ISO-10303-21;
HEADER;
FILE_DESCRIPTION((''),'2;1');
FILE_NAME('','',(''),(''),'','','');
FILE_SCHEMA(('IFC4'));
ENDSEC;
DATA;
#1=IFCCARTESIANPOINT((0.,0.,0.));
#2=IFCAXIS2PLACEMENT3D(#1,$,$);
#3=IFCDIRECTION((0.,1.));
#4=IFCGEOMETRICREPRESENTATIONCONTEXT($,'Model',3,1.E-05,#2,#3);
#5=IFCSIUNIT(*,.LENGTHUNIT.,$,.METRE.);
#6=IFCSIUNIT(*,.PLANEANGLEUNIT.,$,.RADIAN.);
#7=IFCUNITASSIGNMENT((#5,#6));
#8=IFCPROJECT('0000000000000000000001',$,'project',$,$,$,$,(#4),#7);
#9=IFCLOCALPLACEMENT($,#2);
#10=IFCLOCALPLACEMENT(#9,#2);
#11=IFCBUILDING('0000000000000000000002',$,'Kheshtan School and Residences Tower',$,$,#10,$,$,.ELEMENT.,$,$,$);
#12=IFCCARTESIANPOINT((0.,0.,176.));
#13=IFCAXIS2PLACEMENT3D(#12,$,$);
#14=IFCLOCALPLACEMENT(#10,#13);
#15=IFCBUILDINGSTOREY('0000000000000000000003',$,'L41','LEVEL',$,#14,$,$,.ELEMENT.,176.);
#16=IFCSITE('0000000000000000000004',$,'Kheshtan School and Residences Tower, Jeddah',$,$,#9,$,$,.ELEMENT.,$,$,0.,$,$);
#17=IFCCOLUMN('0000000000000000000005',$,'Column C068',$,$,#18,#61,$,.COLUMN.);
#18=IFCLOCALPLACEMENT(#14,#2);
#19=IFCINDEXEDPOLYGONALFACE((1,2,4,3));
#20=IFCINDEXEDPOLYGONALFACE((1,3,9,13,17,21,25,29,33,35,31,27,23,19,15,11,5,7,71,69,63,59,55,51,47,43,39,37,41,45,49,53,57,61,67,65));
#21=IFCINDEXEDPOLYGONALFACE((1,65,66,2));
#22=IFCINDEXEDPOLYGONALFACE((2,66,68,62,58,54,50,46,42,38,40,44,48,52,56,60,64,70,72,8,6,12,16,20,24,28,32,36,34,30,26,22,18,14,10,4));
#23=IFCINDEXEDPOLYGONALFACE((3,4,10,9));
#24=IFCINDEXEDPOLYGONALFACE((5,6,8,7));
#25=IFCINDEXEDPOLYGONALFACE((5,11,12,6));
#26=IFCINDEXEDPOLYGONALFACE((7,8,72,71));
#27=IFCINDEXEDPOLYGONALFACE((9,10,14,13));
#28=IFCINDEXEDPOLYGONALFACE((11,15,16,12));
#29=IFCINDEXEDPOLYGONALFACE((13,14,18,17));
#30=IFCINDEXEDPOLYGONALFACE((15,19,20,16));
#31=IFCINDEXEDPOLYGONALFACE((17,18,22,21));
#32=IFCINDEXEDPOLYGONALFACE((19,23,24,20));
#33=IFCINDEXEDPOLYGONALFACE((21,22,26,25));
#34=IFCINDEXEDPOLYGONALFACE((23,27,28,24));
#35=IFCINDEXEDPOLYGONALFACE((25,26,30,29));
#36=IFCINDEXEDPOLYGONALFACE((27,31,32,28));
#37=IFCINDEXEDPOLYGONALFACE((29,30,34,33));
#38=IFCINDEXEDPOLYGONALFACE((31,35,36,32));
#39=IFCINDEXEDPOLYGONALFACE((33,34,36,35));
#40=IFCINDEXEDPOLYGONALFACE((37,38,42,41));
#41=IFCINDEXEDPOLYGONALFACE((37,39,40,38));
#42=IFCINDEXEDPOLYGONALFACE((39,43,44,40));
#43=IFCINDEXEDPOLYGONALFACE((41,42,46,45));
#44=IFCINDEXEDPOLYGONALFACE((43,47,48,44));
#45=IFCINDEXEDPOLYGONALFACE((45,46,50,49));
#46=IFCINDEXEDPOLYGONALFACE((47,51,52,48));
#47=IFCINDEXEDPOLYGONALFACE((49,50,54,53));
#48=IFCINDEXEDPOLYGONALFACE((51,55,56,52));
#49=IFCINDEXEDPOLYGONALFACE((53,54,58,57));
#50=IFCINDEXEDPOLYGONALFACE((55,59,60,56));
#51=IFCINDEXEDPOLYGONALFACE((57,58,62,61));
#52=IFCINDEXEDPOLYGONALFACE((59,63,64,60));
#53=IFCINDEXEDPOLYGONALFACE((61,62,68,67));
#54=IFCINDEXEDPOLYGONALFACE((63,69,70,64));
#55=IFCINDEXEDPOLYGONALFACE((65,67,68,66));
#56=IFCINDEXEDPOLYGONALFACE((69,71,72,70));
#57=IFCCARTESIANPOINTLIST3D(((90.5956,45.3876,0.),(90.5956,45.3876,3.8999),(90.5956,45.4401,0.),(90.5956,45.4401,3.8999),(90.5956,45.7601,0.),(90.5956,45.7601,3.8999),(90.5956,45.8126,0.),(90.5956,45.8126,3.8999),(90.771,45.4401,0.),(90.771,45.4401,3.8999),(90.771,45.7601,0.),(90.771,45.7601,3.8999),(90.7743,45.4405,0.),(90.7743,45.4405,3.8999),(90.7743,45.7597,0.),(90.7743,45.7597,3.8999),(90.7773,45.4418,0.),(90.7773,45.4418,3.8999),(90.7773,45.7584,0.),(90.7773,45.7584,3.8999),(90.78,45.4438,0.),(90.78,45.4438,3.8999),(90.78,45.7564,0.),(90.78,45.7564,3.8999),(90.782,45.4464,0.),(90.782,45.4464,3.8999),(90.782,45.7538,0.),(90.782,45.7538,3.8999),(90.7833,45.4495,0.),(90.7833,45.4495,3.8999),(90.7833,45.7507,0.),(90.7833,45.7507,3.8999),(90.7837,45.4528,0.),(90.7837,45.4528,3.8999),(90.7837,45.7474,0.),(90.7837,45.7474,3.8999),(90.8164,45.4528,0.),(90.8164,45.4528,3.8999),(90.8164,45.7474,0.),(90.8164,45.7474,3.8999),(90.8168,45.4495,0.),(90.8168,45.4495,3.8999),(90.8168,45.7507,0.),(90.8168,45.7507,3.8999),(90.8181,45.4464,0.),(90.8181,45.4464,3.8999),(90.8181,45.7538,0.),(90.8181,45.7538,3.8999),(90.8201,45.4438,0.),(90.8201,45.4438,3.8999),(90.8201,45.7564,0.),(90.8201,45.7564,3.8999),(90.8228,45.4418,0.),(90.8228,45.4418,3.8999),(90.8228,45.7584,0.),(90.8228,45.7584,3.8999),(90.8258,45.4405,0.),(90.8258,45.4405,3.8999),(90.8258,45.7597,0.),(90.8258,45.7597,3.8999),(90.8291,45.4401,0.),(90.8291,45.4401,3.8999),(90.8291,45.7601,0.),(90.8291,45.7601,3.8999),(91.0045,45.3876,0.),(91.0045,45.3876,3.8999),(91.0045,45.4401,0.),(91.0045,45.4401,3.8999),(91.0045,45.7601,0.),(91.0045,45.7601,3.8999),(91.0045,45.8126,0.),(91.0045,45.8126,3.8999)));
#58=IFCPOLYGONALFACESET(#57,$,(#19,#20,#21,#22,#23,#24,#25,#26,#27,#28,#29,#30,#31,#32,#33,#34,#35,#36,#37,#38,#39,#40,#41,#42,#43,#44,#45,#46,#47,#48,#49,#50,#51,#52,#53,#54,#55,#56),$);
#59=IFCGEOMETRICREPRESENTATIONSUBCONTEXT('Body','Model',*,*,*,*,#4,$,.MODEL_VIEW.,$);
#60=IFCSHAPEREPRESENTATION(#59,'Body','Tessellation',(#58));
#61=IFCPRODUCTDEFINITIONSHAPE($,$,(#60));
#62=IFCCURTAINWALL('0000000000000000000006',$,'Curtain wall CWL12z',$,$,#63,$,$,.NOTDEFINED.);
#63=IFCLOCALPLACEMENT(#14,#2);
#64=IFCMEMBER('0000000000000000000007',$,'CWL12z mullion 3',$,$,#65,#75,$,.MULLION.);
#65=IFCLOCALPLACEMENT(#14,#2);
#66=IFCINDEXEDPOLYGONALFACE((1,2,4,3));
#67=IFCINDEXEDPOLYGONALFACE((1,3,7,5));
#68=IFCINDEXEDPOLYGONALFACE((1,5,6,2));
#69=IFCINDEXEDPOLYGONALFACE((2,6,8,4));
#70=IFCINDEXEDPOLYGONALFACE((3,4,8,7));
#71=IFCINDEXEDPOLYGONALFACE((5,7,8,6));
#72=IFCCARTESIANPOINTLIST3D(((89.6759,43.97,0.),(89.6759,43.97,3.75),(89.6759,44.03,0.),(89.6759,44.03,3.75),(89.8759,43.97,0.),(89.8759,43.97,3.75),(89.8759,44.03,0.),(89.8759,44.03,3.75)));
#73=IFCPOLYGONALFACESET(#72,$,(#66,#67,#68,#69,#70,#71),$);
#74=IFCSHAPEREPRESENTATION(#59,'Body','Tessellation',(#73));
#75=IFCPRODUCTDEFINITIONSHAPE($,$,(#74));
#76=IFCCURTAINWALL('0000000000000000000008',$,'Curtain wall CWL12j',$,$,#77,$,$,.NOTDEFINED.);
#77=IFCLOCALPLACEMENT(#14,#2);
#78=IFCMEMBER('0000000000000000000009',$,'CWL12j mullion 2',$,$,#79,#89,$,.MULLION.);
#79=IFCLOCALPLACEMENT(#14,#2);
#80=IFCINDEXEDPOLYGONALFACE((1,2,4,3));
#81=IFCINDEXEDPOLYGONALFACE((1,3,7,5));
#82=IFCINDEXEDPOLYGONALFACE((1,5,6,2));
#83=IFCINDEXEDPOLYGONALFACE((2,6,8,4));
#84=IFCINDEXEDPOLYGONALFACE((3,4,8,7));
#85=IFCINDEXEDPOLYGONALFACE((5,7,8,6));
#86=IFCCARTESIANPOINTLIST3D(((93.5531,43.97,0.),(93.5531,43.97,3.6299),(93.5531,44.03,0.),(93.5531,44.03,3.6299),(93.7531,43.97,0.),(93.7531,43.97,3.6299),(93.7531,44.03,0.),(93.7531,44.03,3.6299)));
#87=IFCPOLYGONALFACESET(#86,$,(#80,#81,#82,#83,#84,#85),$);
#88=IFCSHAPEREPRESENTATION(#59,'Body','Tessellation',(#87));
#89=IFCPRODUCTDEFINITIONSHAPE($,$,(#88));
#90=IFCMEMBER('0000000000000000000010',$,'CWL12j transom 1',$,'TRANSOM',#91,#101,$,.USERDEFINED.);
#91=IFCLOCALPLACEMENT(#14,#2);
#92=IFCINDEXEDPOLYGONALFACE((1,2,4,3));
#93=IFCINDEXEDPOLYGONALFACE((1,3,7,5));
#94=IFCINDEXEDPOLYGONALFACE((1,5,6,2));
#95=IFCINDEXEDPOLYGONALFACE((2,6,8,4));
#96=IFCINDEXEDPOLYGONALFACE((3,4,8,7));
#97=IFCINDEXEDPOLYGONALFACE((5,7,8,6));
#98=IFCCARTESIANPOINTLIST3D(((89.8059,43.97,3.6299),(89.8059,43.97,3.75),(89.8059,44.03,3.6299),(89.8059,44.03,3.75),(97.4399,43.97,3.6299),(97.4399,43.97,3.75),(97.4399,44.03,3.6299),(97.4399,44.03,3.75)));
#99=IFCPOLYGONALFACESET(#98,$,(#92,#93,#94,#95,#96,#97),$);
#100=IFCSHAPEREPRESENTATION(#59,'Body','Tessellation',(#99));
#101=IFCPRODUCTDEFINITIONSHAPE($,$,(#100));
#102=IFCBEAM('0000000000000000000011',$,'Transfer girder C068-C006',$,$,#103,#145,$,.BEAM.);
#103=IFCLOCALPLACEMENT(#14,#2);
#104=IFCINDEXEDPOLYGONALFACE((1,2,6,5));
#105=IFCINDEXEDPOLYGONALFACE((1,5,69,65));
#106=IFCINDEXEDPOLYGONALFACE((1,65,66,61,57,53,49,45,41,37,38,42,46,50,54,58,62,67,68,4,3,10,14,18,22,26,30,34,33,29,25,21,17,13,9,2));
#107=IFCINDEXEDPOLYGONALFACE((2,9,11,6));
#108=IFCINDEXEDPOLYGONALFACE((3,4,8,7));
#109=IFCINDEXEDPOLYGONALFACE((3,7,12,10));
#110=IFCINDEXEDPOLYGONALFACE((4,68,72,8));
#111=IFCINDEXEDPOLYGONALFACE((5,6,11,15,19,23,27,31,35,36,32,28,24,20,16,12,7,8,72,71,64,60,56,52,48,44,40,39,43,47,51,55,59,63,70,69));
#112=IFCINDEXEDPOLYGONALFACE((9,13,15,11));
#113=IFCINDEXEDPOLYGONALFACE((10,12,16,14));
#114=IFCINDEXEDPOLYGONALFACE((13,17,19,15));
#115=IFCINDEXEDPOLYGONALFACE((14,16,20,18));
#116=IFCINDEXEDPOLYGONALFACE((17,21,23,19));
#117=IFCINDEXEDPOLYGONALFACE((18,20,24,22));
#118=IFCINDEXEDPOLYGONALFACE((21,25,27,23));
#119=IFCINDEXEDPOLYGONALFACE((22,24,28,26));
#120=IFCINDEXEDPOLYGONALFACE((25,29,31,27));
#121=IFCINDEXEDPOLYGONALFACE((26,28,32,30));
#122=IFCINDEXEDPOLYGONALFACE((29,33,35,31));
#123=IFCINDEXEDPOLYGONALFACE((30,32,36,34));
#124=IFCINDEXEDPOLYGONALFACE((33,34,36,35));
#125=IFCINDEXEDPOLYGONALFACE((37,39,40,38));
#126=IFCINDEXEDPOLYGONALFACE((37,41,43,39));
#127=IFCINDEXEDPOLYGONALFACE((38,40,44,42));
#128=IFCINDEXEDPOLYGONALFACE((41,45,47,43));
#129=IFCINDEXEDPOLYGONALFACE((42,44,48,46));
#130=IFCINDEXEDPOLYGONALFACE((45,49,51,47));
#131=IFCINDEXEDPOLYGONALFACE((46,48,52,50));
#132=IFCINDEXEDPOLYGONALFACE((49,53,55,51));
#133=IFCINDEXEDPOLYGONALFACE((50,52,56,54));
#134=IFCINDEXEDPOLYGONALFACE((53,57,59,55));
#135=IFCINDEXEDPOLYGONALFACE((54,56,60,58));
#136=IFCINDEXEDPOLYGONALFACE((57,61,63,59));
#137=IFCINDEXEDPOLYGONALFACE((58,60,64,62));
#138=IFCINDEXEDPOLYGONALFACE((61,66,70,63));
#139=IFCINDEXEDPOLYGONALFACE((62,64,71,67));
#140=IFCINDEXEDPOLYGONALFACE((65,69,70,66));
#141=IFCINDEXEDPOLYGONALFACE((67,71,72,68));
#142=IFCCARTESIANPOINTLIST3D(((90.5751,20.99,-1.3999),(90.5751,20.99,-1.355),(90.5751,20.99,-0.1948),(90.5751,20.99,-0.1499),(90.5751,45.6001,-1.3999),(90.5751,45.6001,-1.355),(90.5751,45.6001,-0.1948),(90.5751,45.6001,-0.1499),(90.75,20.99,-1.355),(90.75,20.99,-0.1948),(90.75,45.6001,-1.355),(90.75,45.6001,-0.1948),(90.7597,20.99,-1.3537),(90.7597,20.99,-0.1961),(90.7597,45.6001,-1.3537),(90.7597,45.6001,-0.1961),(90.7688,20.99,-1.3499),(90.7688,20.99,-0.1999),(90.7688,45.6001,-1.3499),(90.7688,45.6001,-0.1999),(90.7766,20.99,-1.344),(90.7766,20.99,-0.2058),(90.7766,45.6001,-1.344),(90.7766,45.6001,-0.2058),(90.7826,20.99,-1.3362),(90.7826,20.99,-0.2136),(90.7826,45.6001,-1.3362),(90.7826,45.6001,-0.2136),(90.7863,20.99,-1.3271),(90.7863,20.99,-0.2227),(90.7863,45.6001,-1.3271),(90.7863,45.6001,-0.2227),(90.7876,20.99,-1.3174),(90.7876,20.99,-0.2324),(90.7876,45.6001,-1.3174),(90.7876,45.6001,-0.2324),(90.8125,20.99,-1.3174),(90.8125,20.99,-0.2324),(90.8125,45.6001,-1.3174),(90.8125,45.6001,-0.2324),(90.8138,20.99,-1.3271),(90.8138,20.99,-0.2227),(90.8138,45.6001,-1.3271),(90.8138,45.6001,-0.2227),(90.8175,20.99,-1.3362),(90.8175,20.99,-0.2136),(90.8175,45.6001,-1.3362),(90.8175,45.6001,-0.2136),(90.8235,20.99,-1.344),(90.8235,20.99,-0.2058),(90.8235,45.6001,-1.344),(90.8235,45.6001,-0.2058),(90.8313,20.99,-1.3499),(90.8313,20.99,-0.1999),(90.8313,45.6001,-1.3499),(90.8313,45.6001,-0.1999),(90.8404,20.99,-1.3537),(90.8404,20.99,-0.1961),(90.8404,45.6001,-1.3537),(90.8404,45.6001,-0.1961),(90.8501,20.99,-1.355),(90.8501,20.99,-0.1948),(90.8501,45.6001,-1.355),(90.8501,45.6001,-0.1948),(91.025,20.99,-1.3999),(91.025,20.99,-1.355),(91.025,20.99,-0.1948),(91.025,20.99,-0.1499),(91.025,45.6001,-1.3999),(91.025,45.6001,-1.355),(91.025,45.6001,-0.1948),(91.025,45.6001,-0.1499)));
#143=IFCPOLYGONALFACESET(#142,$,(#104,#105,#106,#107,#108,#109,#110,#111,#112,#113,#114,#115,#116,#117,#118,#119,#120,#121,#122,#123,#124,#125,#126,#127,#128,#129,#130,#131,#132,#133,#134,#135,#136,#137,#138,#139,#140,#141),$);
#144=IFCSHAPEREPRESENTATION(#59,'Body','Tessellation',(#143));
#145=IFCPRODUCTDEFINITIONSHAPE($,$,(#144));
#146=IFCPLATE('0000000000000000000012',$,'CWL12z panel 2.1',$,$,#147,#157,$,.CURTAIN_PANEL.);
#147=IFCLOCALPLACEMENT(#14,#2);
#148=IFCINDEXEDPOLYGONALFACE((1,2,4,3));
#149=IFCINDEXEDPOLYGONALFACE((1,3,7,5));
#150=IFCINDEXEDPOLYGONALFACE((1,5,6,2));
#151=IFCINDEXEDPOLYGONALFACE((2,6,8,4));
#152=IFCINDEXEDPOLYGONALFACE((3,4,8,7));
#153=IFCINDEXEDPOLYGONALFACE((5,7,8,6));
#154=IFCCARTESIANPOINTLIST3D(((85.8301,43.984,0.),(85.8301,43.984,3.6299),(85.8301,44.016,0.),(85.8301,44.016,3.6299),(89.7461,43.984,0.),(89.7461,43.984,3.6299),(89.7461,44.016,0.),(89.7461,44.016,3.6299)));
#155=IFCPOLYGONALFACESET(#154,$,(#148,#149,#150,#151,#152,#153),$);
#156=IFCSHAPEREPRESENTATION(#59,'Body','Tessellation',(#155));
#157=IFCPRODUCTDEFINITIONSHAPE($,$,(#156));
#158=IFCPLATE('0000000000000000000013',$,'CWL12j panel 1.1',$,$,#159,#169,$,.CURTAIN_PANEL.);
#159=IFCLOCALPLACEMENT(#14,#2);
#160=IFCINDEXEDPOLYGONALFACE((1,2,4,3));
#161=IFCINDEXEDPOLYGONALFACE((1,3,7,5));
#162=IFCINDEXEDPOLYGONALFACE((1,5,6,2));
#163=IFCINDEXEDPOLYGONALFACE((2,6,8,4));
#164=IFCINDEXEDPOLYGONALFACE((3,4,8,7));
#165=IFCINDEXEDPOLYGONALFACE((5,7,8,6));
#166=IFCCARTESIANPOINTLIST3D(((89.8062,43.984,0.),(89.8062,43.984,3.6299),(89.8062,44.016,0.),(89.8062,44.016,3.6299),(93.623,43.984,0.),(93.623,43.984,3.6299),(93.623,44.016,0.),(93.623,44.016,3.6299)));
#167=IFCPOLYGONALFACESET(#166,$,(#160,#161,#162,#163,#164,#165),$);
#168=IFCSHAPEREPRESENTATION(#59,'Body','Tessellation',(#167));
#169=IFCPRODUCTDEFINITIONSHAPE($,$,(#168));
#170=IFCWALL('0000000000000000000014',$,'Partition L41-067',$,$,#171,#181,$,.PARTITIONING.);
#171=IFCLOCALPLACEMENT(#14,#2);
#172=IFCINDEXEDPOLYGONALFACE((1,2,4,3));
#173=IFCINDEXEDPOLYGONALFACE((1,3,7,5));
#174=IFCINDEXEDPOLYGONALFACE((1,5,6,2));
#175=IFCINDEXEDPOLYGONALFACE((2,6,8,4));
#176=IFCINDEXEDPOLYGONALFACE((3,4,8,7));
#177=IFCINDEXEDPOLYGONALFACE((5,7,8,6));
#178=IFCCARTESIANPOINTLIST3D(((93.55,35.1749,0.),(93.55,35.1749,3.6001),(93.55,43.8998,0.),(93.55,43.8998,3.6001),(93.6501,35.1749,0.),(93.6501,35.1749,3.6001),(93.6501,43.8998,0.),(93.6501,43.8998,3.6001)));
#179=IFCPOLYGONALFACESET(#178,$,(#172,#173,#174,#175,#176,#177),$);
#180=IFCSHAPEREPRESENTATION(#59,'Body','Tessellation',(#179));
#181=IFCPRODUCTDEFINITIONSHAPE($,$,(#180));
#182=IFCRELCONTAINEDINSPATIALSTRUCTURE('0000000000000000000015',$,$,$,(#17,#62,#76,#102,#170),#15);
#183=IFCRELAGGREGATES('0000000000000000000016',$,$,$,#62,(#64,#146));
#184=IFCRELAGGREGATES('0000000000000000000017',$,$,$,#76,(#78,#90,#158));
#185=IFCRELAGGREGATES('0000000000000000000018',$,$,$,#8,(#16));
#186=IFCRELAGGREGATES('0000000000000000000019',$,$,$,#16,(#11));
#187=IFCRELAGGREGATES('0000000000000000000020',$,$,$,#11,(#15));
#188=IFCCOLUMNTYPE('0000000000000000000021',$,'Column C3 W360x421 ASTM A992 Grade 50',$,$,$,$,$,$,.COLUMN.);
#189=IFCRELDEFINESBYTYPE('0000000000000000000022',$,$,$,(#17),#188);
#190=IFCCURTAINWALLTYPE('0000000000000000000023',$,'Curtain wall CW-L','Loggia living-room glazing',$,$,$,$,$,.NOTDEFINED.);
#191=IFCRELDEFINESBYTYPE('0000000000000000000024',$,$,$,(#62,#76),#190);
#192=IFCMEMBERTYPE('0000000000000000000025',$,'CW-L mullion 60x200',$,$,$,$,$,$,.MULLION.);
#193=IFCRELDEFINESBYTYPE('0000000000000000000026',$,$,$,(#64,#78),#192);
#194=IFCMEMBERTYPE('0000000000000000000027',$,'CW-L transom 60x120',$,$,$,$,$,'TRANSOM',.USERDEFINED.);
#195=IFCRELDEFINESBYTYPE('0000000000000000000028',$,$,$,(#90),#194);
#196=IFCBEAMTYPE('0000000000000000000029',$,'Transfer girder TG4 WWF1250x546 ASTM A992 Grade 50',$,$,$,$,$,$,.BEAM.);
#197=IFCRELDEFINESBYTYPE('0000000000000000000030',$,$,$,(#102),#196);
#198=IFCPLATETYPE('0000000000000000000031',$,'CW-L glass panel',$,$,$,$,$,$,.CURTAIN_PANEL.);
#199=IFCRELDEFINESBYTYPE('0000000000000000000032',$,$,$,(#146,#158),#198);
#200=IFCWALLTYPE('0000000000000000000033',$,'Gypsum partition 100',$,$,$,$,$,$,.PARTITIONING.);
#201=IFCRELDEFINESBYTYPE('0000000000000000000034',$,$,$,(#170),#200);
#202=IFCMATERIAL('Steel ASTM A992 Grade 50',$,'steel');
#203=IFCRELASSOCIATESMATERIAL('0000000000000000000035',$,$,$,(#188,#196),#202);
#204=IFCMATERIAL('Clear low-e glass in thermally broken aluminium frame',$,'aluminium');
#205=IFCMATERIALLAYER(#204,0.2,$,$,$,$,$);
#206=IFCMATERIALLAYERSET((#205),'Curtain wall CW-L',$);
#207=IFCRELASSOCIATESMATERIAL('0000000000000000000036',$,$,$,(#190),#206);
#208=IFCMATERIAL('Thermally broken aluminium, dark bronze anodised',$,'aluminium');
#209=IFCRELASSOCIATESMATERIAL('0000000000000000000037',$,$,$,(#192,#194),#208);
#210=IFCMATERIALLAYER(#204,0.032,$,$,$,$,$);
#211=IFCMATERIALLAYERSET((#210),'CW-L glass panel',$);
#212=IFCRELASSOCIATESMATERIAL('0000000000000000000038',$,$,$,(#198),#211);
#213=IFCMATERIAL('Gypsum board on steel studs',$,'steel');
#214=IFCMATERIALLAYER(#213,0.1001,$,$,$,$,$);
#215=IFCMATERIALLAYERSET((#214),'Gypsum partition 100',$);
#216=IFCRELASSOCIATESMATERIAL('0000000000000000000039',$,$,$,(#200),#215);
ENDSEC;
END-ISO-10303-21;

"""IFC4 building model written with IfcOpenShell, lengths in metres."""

from ifc_helpers import new_model, si_unit, direction, frame, frame_2d, origin, origin_2d, place, context, subcontext, project, spatial, rectangle, i_section, extrude, material, layer, layer_set, material_profile, profile_set, type_object, element, aggregate, save


model = new_model("IFC4")

# Units and contexts
model_context = context("Model", 3, precision=1e-05, world=origin(), true_north=direction((0.0, 1.0)))
body_context = subcontext(model_context, "Body", "Model", "MODEL_VIEW")
ifc_project = project(units=[si_unit("LENGTHUNIT", "METRE"), si_unit("PLANEANGLEUNIT", "RADIAN")], contexts=[model_context])

# Site, building, storey
site_placement = place(None, origin())
site = spatial("IfcSite", under=ifc_project, at=site_placement, Name="Kheshtan School and Residences Tower, Jeddah", CompositionType="ELEMENT", RefElevation=0.0)
building_placement = place(site_placement, origin())
building = spatial("IfcBuilding", under=site, at=building_placement, Name="Kheshtan School and Residences Tower", CompositionType="ELEMENT")
storey_placement = place(building_placement, frame((0.0, 0.0, 176.0)))
storey = spatial("IfcBuildingStorey", under=building, at=storey_placement, Name="L41", Description="LEVEL", CompositionType="ELEMENT", Elevation=176.0)

# Column
ifc_material_1 = material(Name="Steel ASTM A992 Grade 50", Category="steel")
ifc_material_profile_1 = material_profile(ifc_material_1, i_section(OverallWidth=0.4089, OverallDepth=0.425, WebThickness=0.0327, FlangeThickness=0.0525, FilletRadius=0.0127, at=origin_2d()), Name="W360x421")
ifc_profile_set_1 = profile_set([ifc_material_profile_1], Name="Steel ASTM A992 Grade 50")
column_type = type_object("IfcColumnType", Name="Column C3 W360x421 ASTM A992 Grade 50", PredefinedType="COLUMN", material=ifc_profile_set_1)
column_placement = place(storey_placement, frame((90.8, 45.6001, 0.0), z_axis=(0.0, 0.0, 1.0), x_axis=(1.0, 0.0, 0.0)))
element("IfcColumn", 1, at=column_placement, inside=storey, type_object=column_type, Name="Column C068", PredefinedType="COLUMN", context=body_context, shape_type="SweptSolid", body=[
    extrude(i_section(OverallWidth=0.4089, OverallDepth=0.425, WebThickness=0.0327, FlangeThickness=0.0525, FilletRadius=0.0127, at=origin_2d()), origin(), (0.0, 0.0, 1.0), 3.8999),
])

# Curtain wall, member
ifc_material_2 = material(Name="Clear low-e glass in thermally broken aluminium frame", Category="aluminium")
ifc_layer_1 = layer(ifc_material_2, 0.2)
ifc_layer_set_1 = layer_set([ifc_layer_1], Name="Curtain wall CW-L")
curtain_wall_type = type_object("IfcCurtainWallType", Name="Curtain wall CW-L", Description="Loggia living-room glazing", PredefinedType="NOTDEFINED", material=ifc_layer_set_1)
curtain_wall_1_placement = place(storey_placement, origin())
curtain_wall_1 = element("IfcCurtainWall", 2, at=curtain_wall_1_placement, inside=storey, type_object=curtain_wall_type, Name="Curtain wall CWL12z", PredefinedType="NOTDEFINED")
ifc_material_3 = material(Name="Thermally broken aluminium, dark bronze anodised", Category="aluminium")
ifc_material_profile_2 = material_profile(ifc_material_3, rectangle(XDim=0.0601, YDim=0.2, at=origin_2d()), Name="CW-L mullion 60x200")
ifc_profile_set_2 = profile_set([ifc_material_profile_2], Name="Thermally broken aluminium, dark bronze anodised")
member_type_1 = type_object("IfcMemberType", Name="CW-L mullion 60x200", PredefinedType="MULLION", material=ifc_profile_set_2)
member_1_placement = place(storey_placement, frame((89.7759, 44.0, 0.0), z_axis=(0.0, 0.0, 1.0), x_axis=(0.0, 1.0, 0.0)))
member_1 = element("IfcMember", 3, at=member_1_placement, type_object=member_type_1, Name="CWL12z mullion 3", PredefinedType="MULLION", context=body_context, shape_type="SweptSolid", body=[
    extrude(rectangle(XDim=0.0601, YDim=0.2, at=origin_2d()), origin(), (0.0, 0.0, 1.0), 3.75),
])

# Curtain wall, members
curtain_wall_2_placement = place(storey_placement, origin())
curtain_wall_2 = element("IfcCurtainWall", 4, at=curtain_wall_2_placement, inside=storey, type_object=curtain_wall_type, Name="Curtain wall CWL12j", PredefinedType="NOTDEFINED")
member_2_placement = place(storey_placement, frame((93.6531, 44.0, 0.0), z_axis=(0.0, 0.0, 1.0), x_axis=(0.0, 1.0, 0.0)))
member_2 = element("IfcMember", 5, at=member_2_placement, type_object=member_type_1, Name="CWL12j mullion 2", PredefinedType="MULLION", context=body_context, shape_type="SweptSolid", body=[
    extrude(rectangle(XDim=0.0601, YDim=0.2, at=origin_2d()), origin(), (0.0, 0.0, 1.0), 3.6299),
])
ifc_material_profile_3 = material_profile(ifc_material_3, rectangle(XDim=0.0601, YDim=0.1201, at=origin_2d()), Name="CW-L transom 60x120")
ifc_profile_set_3 = profile_set([ifc_material_profile_3], Name="Thermally broken aluminium, dark bronze anodised")
member_type_2 = type_object("IfcMemberType", Name="CW-L transom 60x120", ElementType="TRANSOM", PredefinedType="USERDEFINED", material=ifc_profile_set_3)
member_3_placement = place(storey_placement, frame((89.8059, 44.0, 3.6899), z_axis=(1.0, 0.0, 0.0), x_axis=(0.0, 1.0, 0.0)))
member_3 = element("IfcMember", 6, at=member_3_placement, type_object=member_type_2, Name="CWL12j transom 1", ObjectType="TRANSOM", PredefinedType="USERDEFINED", context=body_context, shape_type="SweptSolid", body=[
    extrude(rectangle(XDim=0.0601, YDim=0.1201, at=origin_2d()), origin(), (0.0, 0.0, 1.0), 7.634),
])

# Beam
ifc_material_profile_4 = material_profile(ifc_material_1, i_section(OverallWidth=0.45, OverallDepth=1.25, WebThickness=0.0249, FlangeThickness=0.0449, FilletRadius=0.0376, at=origin_2d()), Name="WWF1250x546")
ifc_profile_set_4 = profile_set([ifc_material_profile_4], Name="Steel ASTM A992 Grade 50")
beam_type = type_object("IfcBeamType", Name="Transfer girder TG4 WWF1250x546 ASTM A992 Grade 50", PredefinedType="BEAM", material=ifc_profile_set_4)
beam_placement = place(storey_placement, frame((90.8, 45.6001, -0.7749), z_axis=(0.0, -1.0, 0.0), x_axis=(1.0, 0.0, 0.0)))
element("IfcBeam", 7, at=beam_placement, inside=storey, type_object=beam_type, Name="Transfer girder C068-C006", PredefinedType="BEAM", context=body_context, shape_type="SweptSolid", body=[
    extrude(i_section(OverallWidth=0.45, OverallDepth=1.25, WebThickness=0.0249, FlangeThickness=0.0449, FilletRadius=0.0376, at=origin_2d()), origin(), (0.0, 0.0, 1.0), 24.6101),
])

# Plates
ifc_layer_2 = layer(ifc_material_2, 0.032)
ifc_layer_set_2 = layer_set([ifc_layer_2], Name="CW-L glass panel")
plate_type = type_object("IfcPlateType", Name="CW-L glass panel", PredefinedType="CURTAIN_PANEL", material=ifc_layer_set_2)
plate_1_placement = place(storey_placement, frame((87.7881, 44.0, 0.0), z_axis=(0.0, 0.0, 1.0), x_axis=(1.0, 0.0, 0.0)))
plate_1 = element("IfcPlate", 8, at=plate_1_placement, type_object=plate_type, Name="CWL12z panel 2.1", PredefinedType="CURTAIN_PANEL", context=body_context, shape_type="SweptSolid", body=[
    extrude(rectangle(XDim=3.916, YDim=0.032, at=origin_2d()), origin(), (0.0, 0.0, 1.0), 3.6299),
])
aggregate(curtain_wall_1, [member_1, plate_1])
plate_2_placement = place(storey_placement, frame((91.7146, 44.0, 0.0), z_axis=(0.0, 0.0, 1.0), x_axis=(1.0, 0.0, 0.0)))
plate_2 = element("IfcPlate", 9, at=plate_2_placement, type_object=plate_type, Name="CWL12j panel 1.1", PredefinedType="CURTAIN_PANEL", context=body_context, shape_type="SweptSolid", body=[
    extrude(rectangle(XDim=3.8169, YDim=0.032, at=origin_2d()), origin(), (0.0, 0.0, 1.0), 3.6299),
])
aggregate(curtain_wall_2, [member_2, member_3, plate_2])

# Wall
ifc_material_4 = material(Name="Gypsum board on steel studs", Category="steel")
ifc_layer_3 = layer(ifc_material_4, 0.1001)
ifc_layer_set_3 = layer_set([ifc_layer_3], Name="Gypsum partition 100")
wall_type_1 = type_object("IfcWallType", Name="Gypsum partition 100", PredefinedType="PARTITIONING", material=ifc_layer_set_3)
wall_1_placement = place(storey_placement, frame((93.6001, 35.175, 0.0), z_axis=(0.0, 0.0, 1.0), x_axis=(0.0, 1.0, 0.0)))
element("IfcWall", 10, at=wall_1_placement, inside=storey, type_object=wall_type_1, Name="Partition L41-067", PredefinedType="PARTITIONING", context=body_context, shape_type="SweptSolid", body=[
    extrude(rectangle(XDim=8.7249, YDim=0.1001, at=frame_2d((4.3623, 0.0))), origin(), (0.0, 0.0, 1.0), 3.6001),
])

save(model, "model.ifc")
